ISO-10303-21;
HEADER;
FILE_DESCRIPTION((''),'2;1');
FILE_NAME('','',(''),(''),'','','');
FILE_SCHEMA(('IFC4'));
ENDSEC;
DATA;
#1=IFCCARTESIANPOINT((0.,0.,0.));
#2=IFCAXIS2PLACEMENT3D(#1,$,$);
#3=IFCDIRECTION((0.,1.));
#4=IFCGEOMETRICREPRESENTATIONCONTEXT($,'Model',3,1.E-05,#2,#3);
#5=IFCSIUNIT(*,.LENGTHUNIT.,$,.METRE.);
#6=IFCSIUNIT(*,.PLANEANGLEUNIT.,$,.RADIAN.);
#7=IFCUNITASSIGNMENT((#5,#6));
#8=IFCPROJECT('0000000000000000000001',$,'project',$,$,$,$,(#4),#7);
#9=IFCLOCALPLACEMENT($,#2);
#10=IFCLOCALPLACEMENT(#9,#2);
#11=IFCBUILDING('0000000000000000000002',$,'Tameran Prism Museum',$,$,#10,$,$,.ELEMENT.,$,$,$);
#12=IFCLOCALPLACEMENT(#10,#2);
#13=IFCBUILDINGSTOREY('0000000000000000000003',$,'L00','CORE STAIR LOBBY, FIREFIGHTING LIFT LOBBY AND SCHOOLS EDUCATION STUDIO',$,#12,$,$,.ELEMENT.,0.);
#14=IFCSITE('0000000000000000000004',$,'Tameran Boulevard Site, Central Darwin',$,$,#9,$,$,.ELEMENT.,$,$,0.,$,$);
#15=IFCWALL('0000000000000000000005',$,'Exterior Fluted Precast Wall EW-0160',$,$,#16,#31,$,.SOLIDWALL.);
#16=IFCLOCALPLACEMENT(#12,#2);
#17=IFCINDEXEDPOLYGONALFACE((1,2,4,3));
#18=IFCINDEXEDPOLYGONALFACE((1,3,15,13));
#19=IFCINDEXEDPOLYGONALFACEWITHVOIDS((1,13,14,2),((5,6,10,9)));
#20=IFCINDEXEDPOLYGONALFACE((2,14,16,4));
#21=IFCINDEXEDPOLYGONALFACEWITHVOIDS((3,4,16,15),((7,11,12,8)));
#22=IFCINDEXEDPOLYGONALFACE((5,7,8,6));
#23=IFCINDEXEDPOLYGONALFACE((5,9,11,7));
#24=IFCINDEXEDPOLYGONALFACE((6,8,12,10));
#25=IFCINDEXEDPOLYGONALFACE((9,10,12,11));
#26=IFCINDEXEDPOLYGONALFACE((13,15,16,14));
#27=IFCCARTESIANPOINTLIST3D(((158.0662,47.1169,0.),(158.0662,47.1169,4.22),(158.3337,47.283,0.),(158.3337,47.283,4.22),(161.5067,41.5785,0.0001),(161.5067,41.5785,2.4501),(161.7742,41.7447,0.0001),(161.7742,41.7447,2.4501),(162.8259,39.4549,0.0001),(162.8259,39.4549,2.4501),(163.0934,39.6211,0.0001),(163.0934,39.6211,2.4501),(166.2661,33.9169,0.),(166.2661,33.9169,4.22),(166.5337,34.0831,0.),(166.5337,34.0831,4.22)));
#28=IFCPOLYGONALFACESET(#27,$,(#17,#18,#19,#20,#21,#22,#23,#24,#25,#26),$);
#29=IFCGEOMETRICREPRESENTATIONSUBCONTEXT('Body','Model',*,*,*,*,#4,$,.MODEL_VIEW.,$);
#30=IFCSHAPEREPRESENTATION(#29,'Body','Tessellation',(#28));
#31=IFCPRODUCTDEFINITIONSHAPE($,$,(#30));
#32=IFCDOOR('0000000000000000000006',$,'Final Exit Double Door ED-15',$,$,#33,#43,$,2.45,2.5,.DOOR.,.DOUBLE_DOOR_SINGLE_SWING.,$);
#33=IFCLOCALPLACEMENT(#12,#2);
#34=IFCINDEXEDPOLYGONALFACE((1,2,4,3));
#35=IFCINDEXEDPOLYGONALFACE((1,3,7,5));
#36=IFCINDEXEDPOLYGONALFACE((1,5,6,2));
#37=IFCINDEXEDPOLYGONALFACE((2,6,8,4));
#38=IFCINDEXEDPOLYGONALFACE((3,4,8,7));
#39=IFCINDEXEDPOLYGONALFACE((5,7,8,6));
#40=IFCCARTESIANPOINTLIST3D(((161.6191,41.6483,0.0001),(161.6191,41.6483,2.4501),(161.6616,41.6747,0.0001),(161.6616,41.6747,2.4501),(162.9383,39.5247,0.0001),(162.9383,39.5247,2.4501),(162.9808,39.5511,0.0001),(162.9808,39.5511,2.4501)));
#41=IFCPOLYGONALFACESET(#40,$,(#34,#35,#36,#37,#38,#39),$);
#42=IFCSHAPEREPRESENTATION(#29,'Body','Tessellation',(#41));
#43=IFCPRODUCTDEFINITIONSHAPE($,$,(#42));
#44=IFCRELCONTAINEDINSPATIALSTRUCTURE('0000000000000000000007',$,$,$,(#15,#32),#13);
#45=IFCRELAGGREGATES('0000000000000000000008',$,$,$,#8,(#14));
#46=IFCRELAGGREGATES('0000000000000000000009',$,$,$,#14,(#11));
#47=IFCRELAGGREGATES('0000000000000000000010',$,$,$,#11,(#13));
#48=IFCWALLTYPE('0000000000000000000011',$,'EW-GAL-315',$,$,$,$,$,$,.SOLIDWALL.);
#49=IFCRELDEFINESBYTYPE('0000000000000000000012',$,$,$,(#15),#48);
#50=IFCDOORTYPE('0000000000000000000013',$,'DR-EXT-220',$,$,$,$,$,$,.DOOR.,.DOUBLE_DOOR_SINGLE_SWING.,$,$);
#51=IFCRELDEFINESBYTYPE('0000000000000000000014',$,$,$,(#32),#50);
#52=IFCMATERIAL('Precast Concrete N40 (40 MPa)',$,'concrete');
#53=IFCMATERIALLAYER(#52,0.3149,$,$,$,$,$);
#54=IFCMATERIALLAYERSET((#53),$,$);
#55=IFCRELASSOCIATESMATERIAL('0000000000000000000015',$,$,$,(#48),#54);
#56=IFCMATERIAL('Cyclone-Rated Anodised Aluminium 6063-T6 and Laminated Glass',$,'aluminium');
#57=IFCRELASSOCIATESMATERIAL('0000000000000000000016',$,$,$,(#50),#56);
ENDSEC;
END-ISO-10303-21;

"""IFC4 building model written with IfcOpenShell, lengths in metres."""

from ifc_helpers import new_model, si_unit, direction, frame, frame_2d, origin, place, context, subcontext, project, spatial, rectangle, extrude, material, layer, layer_set, type_object, element, fill, save


model = new_model("IFC4")

# Units and contexts
model_context = context("Model", 3, precision=1e-05, world=origin(), true_north=direction((0.0, 1.0)))
body_context = subcontext(model_context, "Body", "Model", "MODEL_VIEW")
ifc_project = project(units=[si_unit("LENGTHUNIT", "METRE"), si_unit("PLANEANGLEUNIT", "RADIAN")], contexts=[model_context])

# Site, building, storey
site_placement = place(None, origin())
site = spatial("IfcSite", under=ifc_project, at=site_placement, Name="Tameran Boulevard Site, Central Darwin", CompositionType="ELEMENT", RefElevation=0.0)
building_placement = place(site_placement, origin())
building = spatial("IfcBuilding", under=site, at=building_placement, Name="Tameran Prism Museum", CompositionType="ELEMENT")
storey_placement = place(building_placement, origin())
storey = spatial("IfcBuildingStorey", under=building, at=storey_placement, Name="L00", Description="CORE STAIR LOBBY, FIREFIGHTING LIFT LOBBY AND SCHOOLS EDUCATION STUDIO", CompositionType="ELEMENT", Elevation=0.0)

# Wall, opening, door
ifc_material_1 = material(Name="Precast Concrete N40 (40 MPa)", Category="concrete")
ifc_layer_1 = layer(ifc_material_1, 0.3149)
ifc_layer_set_1 = layer_set([ifc_layer_1])
wall_type_1 = type_object("IfcWallType", Name="EW-GAL-315", PredefinedType="SOLIDWALL", material=ifc_layer_set_1)
wall_1_placement = place(storey_placement, frame((158.2, 47.2, 0.0), z_axis=(0.0, 0.0, 1.0), x_axis=(0.527682, -0.849442, 0.0)))
wall_1 = element("IfcWall", 1, at=wall_1_placement, inside=storey, type_object=wall_type_1, Name="Exterior Fluted Precast Wall EW-0160", PredefinedType="SOLIDWALL", context=body_context, shape_type="SweptSolid", body=[
    extrude(rectangle(XDim=15.5396, YDim=0.3149, at=frame_2d((7.7698, 0.0))), origin(), (0.0, 0.0, 1.0), 4.22),
])
opening_placement = place(wall_1_placement, frame((6.52, 0.0, 0.0)))
opening = element("IfcOpeningElement", 2, at=opening_placement, cuts=wall_1, PredefinedType="OPENING", context=body_context, shape_type="SweptSolid", body=[
    extrude(rectangle(XDim=2.5, YDim=2.45, at=frame_2d((1.25, 1.2251))), frame((0.0, 0.1675, 0.0), z_axis=(0.0, -1.0, 0.0), x_axis=(1.0, 0.0, 0.0)), (0.0, 0.0, 1.0), 0.335),
])
ifc_material_2 = material(Name="Cyclone-Rated Anodised Aluminium 6063-T6 and Laminated Glass", Category="aluminium")
door_type = type_object("IfcDoorType", Name="DR-EXT-220", OperationType="DOUBLE_DOOR_SINGLE_SWING", PredefinedType="DOOR", material=ifc_material_2)
door_placement = place(opening_placement, origin())
door = element("IfcDoor", 3, at=door_placement, inside=storey, type_object=door_type, Name="Final Exit Double Door ED-15", OperationType="DOUBLE_DOOR_SINGLE_SWING", OverallHeight=2.45, OverallWidth=2.5, PredefinedType="DOOR", context=body_context, shape_type="SweptSolid", body=[
    extrude(rectangle(XDim=2.5, YDim=2.45, at=frame_2d((1.25, 1.2251))), frame((0.0, 0.0249, 0.0), z_axis=(0.0, -1.0, 0.0), x_axis=(1.0, 0.0, 0.0)), (0.0, 0.0, 1.0), 0.05),
])
fill(opening, door)

save(model, "model.ifc")
